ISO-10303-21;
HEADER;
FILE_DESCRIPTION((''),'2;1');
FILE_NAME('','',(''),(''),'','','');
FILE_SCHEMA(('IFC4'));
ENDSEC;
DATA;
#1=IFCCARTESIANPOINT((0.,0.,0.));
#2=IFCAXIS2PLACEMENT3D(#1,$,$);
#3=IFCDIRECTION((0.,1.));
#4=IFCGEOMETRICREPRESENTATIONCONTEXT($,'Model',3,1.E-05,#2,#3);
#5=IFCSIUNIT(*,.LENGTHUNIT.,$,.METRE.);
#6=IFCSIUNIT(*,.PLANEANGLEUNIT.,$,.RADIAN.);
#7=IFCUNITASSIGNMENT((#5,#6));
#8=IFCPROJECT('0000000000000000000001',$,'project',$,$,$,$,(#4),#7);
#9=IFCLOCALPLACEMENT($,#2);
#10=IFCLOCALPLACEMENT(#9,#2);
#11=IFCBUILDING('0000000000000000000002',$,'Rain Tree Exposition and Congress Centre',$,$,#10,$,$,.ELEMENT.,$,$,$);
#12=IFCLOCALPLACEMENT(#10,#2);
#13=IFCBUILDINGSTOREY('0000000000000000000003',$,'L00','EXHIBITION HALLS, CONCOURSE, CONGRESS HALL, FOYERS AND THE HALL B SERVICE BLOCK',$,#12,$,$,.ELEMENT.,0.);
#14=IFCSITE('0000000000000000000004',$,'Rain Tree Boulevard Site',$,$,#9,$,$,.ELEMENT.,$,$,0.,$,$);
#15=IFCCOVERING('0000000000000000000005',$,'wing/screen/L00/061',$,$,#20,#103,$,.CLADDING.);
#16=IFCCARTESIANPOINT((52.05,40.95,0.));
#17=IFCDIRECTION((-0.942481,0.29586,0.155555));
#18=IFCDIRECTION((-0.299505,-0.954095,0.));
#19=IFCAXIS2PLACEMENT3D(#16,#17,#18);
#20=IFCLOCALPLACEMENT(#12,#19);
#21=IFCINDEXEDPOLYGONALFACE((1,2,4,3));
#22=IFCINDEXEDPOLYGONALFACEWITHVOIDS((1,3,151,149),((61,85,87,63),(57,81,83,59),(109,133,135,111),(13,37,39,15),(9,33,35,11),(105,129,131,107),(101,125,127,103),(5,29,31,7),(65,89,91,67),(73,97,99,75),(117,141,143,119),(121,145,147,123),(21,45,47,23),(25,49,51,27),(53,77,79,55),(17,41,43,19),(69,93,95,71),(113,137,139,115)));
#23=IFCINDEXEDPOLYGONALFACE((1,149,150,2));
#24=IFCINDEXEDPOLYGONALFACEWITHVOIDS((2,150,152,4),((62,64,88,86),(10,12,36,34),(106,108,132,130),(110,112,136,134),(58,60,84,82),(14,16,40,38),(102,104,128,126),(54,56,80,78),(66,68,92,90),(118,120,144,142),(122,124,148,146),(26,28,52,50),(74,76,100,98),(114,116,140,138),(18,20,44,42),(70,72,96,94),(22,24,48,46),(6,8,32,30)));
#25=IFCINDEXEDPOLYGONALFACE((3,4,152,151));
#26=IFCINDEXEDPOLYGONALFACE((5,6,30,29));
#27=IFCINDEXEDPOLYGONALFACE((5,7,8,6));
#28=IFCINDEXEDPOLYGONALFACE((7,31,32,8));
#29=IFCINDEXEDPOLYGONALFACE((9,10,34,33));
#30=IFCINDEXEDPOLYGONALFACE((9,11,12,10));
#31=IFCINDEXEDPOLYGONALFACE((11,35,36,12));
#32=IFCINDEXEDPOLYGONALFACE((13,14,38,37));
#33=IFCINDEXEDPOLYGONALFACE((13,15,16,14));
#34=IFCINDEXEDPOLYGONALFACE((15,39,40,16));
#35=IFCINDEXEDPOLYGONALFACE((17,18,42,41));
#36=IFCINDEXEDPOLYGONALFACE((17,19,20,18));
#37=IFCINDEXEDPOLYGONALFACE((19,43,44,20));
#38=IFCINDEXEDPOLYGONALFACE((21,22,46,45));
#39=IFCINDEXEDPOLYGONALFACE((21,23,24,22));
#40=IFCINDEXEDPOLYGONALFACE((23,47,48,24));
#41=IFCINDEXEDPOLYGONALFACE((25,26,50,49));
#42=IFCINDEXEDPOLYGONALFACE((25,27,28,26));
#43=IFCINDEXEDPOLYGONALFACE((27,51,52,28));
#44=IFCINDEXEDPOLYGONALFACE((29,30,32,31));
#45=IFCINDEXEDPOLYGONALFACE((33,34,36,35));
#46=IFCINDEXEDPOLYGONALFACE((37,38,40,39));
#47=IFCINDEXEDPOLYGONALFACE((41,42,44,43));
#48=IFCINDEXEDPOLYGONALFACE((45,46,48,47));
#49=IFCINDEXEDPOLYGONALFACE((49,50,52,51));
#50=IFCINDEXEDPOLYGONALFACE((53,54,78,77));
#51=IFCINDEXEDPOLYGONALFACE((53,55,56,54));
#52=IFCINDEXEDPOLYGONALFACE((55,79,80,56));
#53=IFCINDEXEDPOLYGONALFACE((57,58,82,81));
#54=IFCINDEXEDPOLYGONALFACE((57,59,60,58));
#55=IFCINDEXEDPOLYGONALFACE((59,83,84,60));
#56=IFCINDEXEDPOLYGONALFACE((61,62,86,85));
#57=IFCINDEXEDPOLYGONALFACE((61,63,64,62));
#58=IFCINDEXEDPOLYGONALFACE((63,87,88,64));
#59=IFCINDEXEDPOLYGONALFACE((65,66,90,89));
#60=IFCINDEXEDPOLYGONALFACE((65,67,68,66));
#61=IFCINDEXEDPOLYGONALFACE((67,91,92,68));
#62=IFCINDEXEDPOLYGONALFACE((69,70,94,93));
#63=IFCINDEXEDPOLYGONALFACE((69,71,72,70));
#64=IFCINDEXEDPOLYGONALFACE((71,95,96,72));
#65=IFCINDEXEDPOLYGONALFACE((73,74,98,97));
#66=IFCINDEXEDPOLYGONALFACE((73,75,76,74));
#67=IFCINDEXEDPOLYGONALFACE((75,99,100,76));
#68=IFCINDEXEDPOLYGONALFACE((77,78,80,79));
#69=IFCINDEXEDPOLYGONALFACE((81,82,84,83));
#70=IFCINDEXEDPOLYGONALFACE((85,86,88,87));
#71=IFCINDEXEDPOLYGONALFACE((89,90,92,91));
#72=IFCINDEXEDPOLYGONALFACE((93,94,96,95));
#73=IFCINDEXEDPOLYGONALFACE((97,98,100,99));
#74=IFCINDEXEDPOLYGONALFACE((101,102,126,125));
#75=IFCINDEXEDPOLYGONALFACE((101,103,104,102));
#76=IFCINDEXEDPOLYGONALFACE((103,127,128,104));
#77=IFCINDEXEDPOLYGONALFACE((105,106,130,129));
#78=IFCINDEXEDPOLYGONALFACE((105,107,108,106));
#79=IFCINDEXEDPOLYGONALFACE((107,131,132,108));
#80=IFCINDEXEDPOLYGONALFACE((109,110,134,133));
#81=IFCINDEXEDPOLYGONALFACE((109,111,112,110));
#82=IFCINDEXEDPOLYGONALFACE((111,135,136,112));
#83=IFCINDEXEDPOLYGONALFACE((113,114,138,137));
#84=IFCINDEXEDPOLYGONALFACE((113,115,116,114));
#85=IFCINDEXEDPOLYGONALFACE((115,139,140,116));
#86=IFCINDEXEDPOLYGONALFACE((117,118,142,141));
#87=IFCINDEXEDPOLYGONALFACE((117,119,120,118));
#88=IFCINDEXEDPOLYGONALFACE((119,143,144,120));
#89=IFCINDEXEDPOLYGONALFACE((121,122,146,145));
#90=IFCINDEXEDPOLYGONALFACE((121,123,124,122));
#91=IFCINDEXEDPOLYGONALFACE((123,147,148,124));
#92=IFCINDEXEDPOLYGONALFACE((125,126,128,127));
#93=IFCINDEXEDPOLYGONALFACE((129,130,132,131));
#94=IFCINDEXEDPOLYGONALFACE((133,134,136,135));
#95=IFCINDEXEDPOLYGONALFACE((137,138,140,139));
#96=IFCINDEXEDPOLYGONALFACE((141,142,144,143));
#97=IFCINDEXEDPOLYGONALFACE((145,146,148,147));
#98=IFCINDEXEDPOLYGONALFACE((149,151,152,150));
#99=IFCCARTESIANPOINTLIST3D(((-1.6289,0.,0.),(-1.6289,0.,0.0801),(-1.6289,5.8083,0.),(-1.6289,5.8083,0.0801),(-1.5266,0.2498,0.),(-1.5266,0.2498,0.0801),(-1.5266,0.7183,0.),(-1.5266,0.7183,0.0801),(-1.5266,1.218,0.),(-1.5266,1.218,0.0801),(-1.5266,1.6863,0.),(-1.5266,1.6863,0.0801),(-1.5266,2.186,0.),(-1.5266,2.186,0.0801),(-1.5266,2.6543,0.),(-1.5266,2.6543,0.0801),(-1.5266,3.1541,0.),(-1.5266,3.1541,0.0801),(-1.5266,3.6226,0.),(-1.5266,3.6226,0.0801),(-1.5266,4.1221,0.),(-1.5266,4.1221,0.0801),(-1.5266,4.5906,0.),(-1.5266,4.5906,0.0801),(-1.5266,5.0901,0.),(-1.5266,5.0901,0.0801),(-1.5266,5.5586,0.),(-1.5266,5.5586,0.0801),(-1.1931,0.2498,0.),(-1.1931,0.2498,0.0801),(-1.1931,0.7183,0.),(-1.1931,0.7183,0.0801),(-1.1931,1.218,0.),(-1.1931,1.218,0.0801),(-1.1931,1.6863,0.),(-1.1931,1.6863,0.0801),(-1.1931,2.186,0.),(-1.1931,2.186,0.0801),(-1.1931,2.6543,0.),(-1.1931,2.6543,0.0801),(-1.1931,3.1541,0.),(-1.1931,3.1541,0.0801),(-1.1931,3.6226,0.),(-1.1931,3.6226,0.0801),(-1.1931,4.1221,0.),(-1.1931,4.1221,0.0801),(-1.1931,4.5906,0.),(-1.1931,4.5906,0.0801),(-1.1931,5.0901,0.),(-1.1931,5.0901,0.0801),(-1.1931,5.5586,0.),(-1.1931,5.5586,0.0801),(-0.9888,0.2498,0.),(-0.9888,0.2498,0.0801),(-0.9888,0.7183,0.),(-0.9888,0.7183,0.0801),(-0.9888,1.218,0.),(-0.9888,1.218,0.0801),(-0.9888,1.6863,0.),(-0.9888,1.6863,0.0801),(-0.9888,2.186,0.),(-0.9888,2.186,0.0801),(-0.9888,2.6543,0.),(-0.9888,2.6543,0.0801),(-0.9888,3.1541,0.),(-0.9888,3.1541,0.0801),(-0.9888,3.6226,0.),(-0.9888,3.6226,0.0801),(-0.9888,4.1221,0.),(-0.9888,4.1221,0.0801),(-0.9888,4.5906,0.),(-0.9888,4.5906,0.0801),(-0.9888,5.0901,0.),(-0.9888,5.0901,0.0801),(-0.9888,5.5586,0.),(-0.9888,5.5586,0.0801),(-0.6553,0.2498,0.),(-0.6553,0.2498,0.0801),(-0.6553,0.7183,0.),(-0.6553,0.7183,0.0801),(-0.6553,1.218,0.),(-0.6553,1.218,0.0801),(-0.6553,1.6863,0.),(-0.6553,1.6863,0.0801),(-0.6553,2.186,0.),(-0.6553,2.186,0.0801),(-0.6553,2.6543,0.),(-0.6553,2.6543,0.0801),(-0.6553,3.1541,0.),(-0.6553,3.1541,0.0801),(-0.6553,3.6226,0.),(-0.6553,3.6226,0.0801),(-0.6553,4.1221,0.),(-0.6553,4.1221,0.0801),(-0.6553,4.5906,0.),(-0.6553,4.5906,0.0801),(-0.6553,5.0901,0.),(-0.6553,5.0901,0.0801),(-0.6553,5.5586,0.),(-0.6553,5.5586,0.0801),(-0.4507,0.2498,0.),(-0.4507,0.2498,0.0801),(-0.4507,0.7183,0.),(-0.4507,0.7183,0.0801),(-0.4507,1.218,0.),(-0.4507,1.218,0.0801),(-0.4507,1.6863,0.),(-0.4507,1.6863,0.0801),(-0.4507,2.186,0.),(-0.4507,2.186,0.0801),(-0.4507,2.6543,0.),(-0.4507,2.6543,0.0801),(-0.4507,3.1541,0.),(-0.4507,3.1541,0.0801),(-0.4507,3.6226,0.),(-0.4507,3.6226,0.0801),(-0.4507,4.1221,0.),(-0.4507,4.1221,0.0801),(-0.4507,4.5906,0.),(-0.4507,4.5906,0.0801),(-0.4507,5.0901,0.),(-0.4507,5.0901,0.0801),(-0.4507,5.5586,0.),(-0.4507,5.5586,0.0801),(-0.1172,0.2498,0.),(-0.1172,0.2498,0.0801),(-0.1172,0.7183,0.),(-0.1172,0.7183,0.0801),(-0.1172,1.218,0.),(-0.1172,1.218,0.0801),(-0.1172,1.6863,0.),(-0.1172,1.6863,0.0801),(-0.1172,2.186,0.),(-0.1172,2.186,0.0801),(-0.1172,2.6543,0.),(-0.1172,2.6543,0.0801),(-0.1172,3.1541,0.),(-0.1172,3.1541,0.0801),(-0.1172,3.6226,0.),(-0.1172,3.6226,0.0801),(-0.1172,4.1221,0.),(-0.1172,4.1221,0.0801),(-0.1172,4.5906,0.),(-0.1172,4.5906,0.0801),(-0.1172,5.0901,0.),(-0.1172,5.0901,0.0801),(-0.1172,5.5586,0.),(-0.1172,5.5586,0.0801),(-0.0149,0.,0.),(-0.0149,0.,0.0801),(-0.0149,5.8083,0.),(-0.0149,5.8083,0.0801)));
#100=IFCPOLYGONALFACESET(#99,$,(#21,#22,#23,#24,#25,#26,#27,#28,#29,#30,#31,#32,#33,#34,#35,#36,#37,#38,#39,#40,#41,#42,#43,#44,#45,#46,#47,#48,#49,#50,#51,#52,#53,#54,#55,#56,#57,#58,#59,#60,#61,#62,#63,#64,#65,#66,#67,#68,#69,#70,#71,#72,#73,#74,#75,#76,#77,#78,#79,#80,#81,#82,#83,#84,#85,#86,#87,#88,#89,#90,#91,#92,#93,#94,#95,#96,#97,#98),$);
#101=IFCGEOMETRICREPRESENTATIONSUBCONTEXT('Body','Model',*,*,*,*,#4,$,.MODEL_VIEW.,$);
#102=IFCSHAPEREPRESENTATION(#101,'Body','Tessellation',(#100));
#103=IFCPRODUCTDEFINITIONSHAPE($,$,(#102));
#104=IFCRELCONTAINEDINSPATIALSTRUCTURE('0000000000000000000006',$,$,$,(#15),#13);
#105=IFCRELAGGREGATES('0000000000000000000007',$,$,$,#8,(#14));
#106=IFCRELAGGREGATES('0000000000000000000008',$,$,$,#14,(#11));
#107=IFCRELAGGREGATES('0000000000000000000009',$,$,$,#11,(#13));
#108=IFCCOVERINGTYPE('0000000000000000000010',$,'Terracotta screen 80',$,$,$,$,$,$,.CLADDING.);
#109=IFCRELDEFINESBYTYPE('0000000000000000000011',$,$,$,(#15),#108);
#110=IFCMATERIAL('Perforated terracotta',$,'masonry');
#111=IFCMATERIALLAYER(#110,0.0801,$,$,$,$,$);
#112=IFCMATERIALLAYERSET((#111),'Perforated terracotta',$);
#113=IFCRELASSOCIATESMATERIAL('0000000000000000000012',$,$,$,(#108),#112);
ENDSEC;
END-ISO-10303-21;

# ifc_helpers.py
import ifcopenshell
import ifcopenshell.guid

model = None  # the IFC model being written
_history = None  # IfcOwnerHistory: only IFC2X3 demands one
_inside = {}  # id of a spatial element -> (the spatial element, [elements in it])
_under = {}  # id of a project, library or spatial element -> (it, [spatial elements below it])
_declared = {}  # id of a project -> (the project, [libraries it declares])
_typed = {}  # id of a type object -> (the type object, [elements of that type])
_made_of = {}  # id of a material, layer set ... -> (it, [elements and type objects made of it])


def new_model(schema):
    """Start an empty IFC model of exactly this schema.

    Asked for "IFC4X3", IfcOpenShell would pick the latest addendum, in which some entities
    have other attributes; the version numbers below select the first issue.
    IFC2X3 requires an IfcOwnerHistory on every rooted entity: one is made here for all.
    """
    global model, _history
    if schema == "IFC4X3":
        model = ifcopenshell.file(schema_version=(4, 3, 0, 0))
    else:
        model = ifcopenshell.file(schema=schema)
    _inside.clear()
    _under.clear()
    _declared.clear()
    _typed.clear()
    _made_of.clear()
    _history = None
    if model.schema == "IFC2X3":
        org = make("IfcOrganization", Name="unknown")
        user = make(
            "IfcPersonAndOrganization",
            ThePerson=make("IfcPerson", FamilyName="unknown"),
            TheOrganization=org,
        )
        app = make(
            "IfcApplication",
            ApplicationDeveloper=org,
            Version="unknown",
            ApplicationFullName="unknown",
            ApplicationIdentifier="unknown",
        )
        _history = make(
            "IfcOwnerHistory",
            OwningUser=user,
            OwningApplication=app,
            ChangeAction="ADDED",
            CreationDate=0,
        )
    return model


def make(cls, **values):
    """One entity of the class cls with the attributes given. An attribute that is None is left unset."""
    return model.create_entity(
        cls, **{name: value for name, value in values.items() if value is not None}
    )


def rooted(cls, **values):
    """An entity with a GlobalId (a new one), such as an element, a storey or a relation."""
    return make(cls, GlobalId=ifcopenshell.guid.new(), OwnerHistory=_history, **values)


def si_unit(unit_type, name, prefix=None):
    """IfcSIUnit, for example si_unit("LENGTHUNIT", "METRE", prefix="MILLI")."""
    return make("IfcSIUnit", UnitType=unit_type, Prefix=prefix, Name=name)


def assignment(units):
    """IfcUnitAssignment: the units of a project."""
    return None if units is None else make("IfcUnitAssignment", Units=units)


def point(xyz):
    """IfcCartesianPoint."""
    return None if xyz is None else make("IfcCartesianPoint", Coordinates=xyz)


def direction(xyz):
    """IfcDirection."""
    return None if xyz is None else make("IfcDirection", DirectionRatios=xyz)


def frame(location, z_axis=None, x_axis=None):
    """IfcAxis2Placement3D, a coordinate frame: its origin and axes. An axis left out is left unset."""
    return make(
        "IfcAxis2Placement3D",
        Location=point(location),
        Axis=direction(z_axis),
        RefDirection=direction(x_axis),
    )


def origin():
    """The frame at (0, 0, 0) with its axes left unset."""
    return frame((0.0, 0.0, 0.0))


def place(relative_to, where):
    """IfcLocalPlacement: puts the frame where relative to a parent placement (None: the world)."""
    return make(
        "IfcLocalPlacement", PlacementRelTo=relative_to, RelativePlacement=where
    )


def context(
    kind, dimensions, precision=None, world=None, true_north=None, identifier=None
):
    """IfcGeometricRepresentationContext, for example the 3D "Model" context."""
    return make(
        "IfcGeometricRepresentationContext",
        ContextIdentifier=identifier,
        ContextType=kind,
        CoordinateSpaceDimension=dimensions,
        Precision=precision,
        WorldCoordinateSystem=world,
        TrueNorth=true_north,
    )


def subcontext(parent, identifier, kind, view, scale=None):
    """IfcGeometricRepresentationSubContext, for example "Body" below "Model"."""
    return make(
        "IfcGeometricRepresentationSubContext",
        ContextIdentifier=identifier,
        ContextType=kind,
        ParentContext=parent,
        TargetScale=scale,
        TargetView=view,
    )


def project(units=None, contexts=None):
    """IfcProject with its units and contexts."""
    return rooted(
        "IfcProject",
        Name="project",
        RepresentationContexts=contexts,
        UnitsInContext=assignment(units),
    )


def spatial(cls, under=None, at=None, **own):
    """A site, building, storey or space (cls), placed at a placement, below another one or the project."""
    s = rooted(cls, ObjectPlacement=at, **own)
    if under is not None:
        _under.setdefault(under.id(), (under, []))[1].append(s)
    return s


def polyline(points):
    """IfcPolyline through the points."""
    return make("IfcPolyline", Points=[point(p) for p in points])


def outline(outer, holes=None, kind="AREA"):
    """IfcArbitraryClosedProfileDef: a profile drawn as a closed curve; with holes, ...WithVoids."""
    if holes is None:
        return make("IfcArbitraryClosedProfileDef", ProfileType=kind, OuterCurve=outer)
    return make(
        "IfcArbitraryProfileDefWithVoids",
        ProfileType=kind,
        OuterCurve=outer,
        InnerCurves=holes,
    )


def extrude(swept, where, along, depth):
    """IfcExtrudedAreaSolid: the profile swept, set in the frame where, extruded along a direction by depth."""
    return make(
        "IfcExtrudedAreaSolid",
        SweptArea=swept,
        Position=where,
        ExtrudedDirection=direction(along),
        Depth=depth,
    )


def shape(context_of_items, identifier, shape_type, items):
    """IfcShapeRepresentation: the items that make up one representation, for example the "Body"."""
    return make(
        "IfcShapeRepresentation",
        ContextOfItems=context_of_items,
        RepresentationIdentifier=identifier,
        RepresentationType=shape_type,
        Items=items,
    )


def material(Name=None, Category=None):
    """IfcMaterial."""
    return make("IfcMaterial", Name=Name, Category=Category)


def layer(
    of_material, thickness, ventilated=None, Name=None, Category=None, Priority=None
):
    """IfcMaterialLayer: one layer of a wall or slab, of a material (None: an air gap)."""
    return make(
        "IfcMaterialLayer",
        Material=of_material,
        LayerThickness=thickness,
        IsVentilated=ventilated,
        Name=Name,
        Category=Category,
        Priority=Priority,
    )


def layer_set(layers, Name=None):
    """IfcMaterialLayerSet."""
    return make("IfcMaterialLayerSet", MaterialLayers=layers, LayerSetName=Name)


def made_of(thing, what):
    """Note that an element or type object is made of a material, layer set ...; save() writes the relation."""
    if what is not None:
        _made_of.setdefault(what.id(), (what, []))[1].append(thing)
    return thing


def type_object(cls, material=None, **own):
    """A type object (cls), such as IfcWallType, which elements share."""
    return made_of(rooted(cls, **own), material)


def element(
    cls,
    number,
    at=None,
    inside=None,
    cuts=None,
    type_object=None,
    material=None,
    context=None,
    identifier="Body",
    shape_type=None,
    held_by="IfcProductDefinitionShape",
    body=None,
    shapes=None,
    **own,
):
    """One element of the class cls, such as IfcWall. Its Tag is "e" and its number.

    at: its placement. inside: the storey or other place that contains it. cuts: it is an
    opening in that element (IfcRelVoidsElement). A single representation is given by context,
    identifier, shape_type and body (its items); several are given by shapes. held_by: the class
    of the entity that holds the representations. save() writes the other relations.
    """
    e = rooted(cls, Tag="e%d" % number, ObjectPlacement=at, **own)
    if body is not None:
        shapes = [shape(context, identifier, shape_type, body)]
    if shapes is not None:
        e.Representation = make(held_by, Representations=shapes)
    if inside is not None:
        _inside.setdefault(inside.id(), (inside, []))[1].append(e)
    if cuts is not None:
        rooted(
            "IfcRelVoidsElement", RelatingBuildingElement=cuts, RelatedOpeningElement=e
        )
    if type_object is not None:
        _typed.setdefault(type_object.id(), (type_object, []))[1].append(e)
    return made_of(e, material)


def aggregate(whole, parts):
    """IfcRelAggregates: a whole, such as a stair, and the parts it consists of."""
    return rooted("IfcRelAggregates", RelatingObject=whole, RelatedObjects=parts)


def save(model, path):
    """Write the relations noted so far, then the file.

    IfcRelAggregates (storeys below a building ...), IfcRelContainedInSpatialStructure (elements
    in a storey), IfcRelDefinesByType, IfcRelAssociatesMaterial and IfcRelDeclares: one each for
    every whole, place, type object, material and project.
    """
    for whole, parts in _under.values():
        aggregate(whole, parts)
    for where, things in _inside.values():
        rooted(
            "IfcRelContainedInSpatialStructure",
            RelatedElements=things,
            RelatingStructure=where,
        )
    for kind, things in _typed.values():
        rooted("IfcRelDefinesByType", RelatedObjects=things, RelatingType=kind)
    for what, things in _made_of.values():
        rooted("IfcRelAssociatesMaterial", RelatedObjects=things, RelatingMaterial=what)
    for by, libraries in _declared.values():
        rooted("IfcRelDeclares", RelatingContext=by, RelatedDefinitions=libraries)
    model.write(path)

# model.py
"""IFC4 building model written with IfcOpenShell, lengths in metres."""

from ifc_helpers import new_model, si_unit, direction, frame, origin, place, context, subcontext, project, spatial, polyline, outline, extrude, material, layer, layer_set, type_object, element, save


model = new_model("IFC4")

# Units and contexts
model_context = context("Model", 3, precision=1e-05, world=origin(), true_north=direction((0.0, 1.0)))
body_context = subcontext(model_context, "Body", "Model", "MODEL_VIEW")
ifc_project = project(units=[si_unit("LENGTHUNIT", "METRE"), si_unit("PLANEANGLEUNIT", "RADIAN")], contexts=[model_context])

# Site, building, storey
site_placement = place(None, origin())
site = spatial("IfcSite", under=ifc_project, at=site_placement, Name="Rain Tree Boulevard Site", CompositionType="ELEMENT", RefElevation=0.0)
building_placement = place(site_placement, origin())
building = spatial("IfcBuilding", under=site, at=building_placement, Name="Rain Tree Exposition and Congress Centre", CompositionType="ELEMENT")
storey_placement = place(building_placement, origin())
storey = spatial("IfcBuildingStorey", under=building, at=storey_placement, Name="L00", Description="EXHIBITION HALLS, CONCOURSE, CONGRESS HALL, FOYERS AND THE HALL B SERVICE BLOCK", CompositionType="ELEMENT", Elevation=0.0)

# Covering
ifc_material_1 = material(Name="Perforated terracotta", Category="masonry")
ifc_layer_1 = layer(ifc_material_1, 0.0801)
ifc_layer_set_1 = layer_set([ifc_layer_1], Name="Perforated terracotta")
covering_type = type_object("IfcCoveringType", Name="Terracotta screen 80", PredefinedType="CLADDING", material=ifc_layer_set_1)
covering_1_placement = place(storey_placement, frame((52.05, 40.95, 0.0), z_axis=(-0.942481, 0.29586, 0.155555), x_axis=(-0.299505, -0.954095, 0.0)))
element("IfcCovering", 1, at=covering_1_placement, inside=storey, type_object=covering_type, Name="wing/screen/L00/061", PredefinedType="CLADDING", context=body_context, shape_type="SweptSolid", body=[
    extrude(outline(polyline([(-0.0149, 5.8083), (-0.0149, 0.0), (-1.6289, 0.0), (-1.6289, 5.8083), (-0.0149, 5.8083)]), holes=[polyline([(-0.1172, 0.2498), (-0.1172, 0.7183), (-0.4507, 0.7183), (-0.4507, 0.2498), (-0.1172, 0.2498)]), polyline([(-0.1172, 1.218), (-0.1172, 1.6863), (-0.4507, 1.6863), (-0.4507, 1.218), (-0.1172, 1.218)]), polyline([(-0.1172, 2.186), (-0.1172, 2.6543), (-0.4507, 2.6543), (-0.4507, 2.186), (-0.1172, 2.186)]), polyline([(-0.1172, 3.1541), (-0.1172, 3.6226), (-0.4507, 3.6226), (-0.4507, 3.1541), (-0.1172, 3.1541)]), polyline([(-0.1172, 4.1221), (-0.1172, 4.5906), (-0.4507, 4.5906), (-0.4507, 4.1221), (-0.1172, 4.1221)]), polyline([(-0.1172, 5.0901), (-0.1172, 5.5586), (-0.4507, 5.5586), (-0.4507, 5.0901), (-0.1172, 5.0901)]), polyline([(-0.6553, 0.2498), (-0.6553, 0.7183), (-0.9888, 0.7183), (-0.9888, 0.2498), (-0.6553, 0.2498)]), polyline([(-0.6553, 1.218), (-0.6553, 1.6863), (-0.9888, 1.6863), (-0.9888, 1.218), (-0.6553, 1.218)]), polyline([(-0.6553, 2.186), (-0.6553, 2.6543), (-0.9888, 2.6543), (-0.9888, 2.186), (-0.6553, 2.186)]), polyline([(-0.6553, 3.1541), (-0.6553, 3.6226), (-0.9888, 3.6226), (-0.9888, 3.1541), (-0.6553, 3.1541)]), polyline([(-0.6553, 4.1221), (-0.6553, 4.5906), (-0.9888, 4.5906), (-0.9888, 4.1221), (-0.6553, 4.1221)]), polyline([(-0.6553, 5.0901), (-0.6553, 5.5586), (-0.9888, 5.5586), (-0.9888, 5.0901), (-0.6553, 5.0901)]), polyline([(-1.1931, 0.2498), (-1.1931, 0.7183), (-1.5266, 0.7183), (-1.5266, 0.2498), (-1.1931, 0.2498)]), polyline([(-1.1931, 1.218), (-1.1931, 1.6863), (-1.5266, 1.6863), (-1.5266, 1.218), (-1.1931, 1.218)]), polyline([(-1.1931, 2.186), (-1.1931, 2.6543), (-1.5266, 2.6543), (-1.5266, 2.186), (-1.1931, 2.186)]), polyline([(-1.1931, 3.1541), (-1.1931, 3.6226), (-1.5266, 3.6226), (-1.5266, 3.1541), (-1.1931, 3.1541)]), polyline([(-1.1931, 4.1221), (-1.1931, 4.5906), (-1.5266, 4.5906), (-1.5266, 4.1221), (-1.1931, 4.1221)]), polyline([(-1.1931, 5.0901), (-1.1931, 5.5586), (-1.5266, 5.5586), (-1.5266, 5.0901), (-1.1931, 5.0901)])]), origin(), (0.0, 0.0, 1.0), 0.0801),
])

save(model, "model.ifc")
